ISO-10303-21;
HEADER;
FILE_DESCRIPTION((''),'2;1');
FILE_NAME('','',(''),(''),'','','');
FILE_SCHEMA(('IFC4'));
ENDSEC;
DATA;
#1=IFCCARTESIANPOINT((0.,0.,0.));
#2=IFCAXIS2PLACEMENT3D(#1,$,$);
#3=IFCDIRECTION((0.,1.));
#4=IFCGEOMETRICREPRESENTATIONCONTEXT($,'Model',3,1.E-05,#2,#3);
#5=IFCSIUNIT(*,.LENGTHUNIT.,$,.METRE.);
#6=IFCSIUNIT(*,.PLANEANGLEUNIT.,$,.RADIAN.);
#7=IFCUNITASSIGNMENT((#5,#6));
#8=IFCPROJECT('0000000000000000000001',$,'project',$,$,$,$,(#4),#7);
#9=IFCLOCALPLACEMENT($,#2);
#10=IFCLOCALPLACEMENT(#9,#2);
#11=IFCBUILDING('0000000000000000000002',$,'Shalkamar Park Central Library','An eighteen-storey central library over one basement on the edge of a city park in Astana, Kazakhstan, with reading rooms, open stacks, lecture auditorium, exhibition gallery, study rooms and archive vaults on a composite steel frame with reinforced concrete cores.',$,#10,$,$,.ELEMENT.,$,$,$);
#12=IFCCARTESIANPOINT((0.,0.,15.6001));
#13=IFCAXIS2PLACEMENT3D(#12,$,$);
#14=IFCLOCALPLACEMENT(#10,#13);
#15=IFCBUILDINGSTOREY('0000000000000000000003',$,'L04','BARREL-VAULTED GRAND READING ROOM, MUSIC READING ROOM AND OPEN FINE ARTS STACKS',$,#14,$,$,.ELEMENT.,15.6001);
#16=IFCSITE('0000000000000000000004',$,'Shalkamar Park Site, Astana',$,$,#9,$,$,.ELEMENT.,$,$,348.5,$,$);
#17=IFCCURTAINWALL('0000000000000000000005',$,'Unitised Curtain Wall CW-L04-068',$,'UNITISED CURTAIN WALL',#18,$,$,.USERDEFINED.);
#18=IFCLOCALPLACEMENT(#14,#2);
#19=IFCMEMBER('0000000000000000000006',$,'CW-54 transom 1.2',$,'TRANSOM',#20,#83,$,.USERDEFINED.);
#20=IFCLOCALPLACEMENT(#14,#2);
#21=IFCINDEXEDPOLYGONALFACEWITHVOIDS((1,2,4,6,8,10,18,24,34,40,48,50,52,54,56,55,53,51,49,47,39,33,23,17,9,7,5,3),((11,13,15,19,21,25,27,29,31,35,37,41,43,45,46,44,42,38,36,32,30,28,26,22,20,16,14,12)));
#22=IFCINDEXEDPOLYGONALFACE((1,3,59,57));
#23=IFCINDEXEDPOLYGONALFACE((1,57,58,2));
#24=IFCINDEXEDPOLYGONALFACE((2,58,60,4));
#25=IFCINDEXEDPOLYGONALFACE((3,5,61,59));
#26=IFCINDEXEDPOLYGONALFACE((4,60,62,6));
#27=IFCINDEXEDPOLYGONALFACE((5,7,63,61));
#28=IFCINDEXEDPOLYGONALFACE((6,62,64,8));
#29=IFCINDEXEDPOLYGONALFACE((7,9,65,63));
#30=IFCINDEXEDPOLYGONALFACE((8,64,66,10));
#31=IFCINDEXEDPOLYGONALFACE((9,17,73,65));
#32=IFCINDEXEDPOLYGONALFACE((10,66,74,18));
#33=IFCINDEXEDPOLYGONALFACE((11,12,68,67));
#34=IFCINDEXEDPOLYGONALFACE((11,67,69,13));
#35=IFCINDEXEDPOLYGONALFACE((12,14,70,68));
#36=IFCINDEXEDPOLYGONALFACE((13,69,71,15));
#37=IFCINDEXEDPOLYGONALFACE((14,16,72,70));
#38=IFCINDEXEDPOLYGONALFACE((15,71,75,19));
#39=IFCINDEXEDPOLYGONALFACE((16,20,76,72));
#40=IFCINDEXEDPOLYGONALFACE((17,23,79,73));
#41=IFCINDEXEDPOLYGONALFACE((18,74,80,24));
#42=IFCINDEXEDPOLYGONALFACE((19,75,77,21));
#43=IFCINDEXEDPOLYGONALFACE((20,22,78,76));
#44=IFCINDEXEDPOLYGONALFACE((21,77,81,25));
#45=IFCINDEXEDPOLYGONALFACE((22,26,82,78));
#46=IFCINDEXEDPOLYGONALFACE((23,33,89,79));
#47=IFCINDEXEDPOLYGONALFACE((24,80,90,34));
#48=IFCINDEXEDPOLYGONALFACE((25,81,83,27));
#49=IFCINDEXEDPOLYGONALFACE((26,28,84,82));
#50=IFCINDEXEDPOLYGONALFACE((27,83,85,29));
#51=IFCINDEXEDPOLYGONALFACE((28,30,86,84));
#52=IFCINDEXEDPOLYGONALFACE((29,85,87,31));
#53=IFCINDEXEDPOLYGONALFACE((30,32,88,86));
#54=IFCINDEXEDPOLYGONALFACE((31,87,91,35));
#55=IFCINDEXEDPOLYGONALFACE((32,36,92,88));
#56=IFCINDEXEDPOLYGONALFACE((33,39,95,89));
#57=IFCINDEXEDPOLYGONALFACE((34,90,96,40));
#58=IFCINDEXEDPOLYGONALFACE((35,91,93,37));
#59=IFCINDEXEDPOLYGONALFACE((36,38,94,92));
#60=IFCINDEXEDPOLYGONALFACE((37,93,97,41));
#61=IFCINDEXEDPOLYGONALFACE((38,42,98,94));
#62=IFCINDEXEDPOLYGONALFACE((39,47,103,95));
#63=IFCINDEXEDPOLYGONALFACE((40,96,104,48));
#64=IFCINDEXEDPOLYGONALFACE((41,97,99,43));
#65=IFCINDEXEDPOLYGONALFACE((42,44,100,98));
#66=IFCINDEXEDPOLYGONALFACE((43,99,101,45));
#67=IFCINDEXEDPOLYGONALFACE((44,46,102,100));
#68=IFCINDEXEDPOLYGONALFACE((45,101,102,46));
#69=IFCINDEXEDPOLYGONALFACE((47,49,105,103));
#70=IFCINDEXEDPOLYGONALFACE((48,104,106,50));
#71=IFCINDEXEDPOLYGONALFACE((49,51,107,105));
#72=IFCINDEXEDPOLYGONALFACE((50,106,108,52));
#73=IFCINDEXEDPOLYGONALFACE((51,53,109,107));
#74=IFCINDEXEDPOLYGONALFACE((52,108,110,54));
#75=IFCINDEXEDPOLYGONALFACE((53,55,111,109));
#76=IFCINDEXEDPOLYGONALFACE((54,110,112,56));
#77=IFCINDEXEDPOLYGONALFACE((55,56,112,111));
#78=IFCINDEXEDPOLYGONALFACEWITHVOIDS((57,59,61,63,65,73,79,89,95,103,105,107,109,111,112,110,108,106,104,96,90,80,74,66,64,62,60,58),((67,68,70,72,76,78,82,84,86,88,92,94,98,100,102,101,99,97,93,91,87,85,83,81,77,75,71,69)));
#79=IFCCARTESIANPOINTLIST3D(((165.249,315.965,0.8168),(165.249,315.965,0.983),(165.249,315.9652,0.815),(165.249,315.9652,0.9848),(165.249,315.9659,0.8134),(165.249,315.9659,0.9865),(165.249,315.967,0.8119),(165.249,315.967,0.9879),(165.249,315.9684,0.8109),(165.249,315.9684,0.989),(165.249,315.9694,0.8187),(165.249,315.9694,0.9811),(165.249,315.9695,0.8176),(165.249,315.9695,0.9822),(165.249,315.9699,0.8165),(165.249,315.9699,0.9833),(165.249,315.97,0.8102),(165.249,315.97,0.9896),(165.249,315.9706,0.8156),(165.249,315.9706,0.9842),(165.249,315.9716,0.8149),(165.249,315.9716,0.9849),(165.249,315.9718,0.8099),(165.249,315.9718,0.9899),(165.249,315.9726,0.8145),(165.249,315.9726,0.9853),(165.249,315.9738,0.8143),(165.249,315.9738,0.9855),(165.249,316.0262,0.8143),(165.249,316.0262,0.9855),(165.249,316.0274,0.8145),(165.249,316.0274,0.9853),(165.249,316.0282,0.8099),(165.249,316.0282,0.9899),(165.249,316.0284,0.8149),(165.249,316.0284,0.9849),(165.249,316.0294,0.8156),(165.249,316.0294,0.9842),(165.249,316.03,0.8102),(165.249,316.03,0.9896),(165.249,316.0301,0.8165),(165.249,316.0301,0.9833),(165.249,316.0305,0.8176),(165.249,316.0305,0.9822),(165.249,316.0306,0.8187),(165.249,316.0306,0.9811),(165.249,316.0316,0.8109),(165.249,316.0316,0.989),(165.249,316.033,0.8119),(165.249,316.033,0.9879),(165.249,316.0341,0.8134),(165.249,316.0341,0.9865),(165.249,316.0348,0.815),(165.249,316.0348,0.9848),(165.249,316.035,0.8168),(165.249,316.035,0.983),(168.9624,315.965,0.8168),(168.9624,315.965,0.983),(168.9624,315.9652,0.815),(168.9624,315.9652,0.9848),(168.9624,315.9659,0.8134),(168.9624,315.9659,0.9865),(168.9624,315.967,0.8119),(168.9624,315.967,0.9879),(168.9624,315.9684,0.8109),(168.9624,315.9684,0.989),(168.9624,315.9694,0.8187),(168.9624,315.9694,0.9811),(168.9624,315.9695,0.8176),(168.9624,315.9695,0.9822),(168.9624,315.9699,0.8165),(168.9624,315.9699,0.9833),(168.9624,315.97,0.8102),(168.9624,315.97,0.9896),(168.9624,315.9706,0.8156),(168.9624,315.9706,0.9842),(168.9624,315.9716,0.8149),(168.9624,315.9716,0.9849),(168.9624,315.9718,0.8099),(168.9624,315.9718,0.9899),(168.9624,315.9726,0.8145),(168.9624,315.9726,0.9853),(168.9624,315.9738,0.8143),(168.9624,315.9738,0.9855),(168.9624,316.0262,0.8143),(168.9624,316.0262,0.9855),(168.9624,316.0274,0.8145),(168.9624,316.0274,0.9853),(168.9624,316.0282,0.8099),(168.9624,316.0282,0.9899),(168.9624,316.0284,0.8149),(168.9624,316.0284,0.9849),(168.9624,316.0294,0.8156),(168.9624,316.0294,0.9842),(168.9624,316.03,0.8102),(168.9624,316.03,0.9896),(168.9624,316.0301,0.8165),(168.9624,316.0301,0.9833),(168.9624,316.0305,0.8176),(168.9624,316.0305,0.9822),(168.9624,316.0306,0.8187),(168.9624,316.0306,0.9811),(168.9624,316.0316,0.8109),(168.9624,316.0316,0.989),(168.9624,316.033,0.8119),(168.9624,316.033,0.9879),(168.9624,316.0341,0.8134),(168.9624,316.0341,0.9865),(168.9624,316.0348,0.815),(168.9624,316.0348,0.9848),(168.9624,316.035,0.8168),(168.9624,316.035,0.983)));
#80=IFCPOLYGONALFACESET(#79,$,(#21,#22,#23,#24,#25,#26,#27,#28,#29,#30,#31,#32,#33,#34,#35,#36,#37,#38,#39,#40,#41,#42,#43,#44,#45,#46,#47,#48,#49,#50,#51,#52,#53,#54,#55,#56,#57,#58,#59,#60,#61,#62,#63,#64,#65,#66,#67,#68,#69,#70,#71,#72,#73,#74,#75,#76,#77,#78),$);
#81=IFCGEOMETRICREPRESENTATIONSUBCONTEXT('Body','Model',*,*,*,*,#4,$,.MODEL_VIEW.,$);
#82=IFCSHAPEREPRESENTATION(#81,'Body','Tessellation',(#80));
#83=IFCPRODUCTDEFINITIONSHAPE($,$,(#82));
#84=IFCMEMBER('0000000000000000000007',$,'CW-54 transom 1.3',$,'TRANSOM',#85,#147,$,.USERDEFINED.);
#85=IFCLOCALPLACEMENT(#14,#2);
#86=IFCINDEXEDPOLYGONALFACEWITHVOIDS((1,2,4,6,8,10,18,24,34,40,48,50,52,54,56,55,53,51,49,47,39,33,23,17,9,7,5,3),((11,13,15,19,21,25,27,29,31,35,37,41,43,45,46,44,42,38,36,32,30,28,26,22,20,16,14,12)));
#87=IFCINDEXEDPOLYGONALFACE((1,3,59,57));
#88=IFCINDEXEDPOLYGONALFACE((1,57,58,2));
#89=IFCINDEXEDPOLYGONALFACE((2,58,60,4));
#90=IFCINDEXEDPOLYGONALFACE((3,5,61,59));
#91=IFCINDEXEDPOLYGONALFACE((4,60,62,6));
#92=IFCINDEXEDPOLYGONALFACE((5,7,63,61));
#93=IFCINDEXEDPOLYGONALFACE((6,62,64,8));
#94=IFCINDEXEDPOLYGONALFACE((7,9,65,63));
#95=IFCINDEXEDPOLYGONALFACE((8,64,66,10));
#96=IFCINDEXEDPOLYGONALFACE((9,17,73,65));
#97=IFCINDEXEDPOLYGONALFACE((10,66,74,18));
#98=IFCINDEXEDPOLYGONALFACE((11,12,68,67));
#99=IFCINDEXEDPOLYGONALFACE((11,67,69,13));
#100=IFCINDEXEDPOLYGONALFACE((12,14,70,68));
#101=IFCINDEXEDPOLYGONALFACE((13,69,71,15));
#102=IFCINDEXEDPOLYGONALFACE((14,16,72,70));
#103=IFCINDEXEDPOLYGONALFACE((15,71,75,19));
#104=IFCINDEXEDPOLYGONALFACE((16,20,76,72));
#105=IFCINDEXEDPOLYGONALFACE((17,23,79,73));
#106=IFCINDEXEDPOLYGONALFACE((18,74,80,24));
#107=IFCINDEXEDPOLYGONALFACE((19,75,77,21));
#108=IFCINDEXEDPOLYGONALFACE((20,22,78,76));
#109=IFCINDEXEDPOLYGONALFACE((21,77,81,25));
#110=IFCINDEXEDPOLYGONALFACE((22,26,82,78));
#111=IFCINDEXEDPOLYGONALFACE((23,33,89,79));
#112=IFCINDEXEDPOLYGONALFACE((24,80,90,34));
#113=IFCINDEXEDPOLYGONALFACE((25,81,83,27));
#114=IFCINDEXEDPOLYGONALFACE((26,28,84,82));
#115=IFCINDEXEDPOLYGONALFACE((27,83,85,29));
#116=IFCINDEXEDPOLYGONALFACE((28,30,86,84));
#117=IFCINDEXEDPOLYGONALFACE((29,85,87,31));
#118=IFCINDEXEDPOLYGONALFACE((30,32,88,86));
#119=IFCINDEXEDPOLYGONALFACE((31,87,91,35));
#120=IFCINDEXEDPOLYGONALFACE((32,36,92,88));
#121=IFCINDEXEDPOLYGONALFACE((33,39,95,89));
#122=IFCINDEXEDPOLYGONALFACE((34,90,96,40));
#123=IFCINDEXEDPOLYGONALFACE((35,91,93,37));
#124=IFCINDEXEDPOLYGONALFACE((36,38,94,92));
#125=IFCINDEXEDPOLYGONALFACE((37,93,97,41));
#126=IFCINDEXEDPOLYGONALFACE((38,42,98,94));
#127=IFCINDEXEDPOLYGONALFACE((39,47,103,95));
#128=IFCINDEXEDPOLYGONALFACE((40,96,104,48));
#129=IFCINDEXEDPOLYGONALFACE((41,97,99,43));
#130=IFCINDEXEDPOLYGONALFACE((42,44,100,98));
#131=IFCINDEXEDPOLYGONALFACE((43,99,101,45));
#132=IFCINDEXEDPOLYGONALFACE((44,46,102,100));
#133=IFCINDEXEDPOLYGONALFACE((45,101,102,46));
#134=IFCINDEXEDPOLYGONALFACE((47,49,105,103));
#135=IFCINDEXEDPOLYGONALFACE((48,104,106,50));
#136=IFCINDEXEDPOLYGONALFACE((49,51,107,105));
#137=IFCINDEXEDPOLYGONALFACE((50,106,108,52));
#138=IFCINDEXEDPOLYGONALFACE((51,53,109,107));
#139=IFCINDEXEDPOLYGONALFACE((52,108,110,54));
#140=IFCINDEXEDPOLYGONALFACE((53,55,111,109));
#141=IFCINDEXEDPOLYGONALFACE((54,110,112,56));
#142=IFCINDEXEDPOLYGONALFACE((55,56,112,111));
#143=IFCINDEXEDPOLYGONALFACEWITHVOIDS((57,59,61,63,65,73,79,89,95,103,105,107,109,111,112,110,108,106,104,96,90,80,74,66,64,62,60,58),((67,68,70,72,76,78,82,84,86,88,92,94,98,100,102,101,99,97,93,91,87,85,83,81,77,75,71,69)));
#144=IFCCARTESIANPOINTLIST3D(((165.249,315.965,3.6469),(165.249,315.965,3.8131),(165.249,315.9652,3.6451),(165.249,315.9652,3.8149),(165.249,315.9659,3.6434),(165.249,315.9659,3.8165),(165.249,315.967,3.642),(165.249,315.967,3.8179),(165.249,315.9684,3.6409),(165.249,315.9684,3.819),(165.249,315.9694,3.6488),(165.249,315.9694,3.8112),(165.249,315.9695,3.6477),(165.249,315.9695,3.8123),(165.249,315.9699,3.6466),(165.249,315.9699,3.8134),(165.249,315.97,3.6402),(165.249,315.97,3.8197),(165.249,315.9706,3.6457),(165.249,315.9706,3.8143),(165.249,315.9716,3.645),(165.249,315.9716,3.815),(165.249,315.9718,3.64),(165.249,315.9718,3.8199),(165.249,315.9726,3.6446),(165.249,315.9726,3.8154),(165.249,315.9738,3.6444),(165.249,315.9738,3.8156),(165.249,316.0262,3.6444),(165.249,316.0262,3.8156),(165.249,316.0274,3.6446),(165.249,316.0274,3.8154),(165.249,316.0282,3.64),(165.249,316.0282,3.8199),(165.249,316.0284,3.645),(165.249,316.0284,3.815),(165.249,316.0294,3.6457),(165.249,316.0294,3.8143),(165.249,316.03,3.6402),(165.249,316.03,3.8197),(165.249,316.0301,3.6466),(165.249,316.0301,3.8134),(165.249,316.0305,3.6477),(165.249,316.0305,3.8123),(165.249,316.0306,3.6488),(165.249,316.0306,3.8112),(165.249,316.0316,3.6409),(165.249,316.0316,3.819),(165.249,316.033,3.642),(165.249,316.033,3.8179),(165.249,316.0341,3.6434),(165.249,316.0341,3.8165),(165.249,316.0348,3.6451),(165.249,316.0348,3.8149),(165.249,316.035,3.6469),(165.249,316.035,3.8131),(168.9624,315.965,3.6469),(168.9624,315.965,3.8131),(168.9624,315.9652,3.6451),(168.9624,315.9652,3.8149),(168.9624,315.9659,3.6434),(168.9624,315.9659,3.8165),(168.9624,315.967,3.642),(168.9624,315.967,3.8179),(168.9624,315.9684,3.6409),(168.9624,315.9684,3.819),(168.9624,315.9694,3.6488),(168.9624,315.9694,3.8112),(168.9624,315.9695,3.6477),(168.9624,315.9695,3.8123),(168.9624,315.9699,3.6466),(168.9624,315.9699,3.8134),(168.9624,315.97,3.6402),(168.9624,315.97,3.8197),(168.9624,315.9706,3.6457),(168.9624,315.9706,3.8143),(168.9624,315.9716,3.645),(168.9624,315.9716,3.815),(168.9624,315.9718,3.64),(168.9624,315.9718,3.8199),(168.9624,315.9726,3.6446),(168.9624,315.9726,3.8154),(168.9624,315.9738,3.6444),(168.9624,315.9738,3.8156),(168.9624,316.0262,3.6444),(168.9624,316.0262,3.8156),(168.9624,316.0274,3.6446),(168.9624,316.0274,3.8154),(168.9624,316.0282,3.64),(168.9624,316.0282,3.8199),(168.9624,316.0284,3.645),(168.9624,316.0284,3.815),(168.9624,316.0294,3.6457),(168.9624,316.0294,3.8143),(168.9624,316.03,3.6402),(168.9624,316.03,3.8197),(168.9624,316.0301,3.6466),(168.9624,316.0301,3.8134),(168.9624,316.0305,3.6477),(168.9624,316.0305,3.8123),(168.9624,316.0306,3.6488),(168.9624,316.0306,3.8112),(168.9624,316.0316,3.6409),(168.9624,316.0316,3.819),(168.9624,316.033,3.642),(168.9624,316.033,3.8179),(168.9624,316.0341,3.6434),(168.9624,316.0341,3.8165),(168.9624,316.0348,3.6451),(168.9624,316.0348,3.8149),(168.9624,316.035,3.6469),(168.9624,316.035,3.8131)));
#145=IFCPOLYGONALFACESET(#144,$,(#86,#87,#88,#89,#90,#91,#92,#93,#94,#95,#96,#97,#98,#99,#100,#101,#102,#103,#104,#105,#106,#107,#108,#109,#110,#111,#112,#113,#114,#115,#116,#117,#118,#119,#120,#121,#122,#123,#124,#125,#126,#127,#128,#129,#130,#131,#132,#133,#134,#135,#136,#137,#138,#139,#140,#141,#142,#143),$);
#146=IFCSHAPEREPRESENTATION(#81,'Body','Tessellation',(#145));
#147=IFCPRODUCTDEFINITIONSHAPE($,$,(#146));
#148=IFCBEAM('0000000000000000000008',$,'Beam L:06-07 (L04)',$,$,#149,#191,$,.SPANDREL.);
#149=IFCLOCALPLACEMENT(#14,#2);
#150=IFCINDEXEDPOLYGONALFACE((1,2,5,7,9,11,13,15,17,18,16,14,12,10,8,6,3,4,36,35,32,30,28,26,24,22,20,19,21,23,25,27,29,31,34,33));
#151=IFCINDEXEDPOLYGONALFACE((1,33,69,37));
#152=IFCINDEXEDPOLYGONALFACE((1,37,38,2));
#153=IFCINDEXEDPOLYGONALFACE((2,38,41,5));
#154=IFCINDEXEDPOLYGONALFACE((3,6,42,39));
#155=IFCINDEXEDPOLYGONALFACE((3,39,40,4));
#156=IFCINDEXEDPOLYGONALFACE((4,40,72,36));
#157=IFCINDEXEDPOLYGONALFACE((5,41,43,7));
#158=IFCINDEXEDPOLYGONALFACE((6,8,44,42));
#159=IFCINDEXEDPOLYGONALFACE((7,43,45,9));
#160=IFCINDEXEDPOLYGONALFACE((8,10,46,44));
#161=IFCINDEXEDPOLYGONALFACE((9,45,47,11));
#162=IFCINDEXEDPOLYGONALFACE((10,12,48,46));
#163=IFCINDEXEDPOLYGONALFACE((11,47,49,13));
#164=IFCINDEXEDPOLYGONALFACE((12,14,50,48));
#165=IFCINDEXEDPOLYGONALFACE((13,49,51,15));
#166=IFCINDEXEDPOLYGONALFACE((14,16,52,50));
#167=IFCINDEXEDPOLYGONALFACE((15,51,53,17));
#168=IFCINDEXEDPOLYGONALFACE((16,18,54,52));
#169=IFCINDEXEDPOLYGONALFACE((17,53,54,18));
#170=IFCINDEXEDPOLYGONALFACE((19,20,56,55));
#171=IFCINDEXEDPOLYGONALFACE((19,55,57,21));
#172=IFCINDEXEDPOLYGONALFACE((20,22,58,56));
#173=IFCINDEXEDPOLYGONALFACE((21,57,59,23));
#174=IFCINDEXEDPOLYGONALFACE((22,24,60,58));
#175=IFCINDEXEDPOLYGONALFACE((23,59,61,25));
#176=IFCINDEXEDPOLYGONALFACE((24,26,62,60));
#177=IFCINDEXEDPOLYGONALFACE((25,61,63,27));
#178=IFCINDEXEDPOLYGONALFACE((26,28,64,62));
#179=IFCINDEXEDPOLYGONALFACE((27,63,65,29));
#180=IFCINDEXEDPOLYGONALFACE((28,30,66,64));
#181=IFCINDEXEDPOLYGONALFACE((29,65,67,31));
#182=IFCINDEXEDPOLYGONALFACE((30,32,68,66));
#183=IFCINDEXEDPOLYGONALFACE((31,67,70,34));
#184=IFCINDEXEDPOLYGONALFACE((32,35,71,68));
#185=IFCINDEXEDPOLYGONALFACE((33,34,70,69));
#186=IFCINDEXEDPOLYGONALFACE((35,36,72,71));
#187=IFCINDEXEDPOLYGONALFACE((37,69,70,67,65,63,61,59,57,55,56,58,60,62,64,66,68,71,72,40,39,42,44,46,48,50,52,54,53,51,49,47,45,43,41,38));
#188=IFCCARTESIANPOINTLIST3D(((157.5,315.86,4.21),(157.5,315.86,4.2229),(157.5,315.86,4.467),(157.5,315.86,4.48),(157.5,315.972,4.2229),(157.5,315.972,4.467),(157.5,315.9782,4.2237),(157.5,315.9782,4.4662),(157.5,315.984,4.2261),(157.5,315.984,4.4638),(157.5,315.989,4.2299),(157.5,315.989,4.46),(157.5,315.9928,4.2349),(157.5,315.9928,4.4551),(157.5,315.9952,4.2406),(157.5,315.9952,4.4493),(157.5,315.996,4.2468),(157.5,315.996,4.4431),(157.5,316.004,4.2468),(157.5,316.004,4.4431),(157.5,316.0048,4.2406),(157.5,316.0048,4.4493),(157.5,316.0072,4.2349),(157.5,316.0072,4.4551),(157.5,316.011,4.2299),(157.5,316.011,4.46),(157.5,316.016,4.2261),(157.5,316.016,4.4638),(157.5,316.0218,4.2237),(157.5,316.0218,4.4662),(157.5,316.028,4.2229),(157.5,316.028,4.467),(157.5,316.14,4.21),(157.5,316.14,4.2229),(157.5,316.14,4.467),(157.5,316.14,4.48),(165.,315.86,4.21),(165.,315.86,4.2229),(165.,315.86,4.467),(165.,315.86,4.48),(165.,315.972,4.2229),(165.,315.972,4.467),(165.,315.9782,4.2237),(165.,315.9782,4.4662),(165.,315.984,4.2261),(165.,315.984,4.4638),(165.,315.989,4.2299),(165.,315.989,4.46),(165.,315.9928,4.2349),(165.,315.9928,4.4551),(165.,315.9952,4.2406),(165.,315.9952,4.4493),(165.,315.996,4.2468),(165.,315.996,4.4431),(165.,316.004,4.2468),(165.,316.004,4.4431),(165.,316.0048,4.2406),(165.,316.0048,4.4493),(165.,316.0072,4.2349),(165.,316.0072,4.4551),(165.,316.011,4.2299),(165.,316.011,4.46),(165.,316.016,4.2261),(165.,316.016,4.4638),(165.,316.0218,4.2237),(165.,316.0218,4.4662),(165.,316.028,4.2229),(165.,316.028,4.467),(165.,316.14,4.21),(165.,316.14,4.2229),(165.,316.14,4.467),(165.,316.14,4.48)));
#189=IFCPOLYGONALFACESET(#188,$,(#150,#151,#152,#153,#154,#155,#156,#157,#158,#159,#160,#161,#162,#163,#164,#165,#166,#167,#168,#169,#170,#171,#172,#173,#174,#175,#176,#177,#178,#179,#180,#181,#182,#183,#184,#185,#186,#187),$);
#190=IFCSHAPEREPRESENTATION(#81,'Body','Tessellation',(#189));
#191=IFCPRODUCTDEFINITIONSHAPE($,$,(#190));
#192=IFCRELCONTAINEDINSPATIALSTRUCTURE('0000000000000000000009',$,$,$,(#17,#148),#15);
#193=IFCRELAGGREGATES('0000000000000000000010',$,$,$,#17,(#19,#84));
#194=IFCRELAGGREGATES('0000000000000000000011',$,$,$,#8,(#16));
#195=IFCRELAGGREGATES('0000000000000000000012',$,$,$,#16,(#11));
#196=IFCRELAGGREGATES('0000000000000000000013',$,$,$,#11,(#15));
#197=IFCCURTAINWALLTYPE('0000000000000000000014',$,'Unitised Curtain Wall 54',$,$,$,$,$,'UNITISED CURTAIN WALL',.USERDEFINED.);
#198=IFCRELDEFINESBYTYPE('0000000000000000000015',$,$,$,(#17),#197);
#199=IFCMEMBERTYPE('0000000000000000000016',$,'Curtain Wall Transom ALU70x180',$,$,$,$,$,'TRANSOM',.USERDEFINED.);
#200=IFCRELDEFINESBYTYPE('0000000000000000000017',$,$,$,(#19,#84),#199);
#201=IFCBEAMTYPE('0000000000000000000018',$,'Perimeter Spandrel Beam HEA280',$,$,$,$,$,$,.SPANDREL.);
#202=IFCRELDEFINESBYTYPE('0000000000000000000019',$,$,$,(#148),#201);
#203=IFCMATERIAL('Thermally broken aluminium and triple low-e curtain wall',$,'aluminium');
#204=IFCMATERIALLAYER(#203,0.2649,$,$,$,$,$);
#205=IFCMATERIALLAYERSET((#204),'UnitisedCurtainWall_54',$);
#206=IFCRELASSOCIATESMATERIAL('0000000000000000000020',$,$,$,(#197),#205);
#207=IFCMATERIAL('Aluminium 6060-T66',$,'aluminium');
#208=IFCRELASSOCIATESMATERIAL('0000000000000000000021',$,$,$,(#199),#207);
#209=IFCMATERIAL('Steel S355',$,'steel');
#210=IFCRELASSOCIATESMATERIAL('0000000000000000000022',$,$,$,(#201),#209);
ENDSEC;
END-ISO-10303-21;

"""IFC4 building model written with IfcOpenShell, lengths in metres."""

from ifc_helpers import new_model, si_unit, direction, frame, origin, origin_2d, place, context, subcontext, project, spatial, hollow_rectangle, i_section, extrude, material, layer, layer_set, material_profile, profile_set, type_object, element, aggregate, save


model = new_model("IFC4")

# Units and contexts
model_context = context("Model", 3, precision=1e-05, world=origin(), true_north=direction((0.0, 1.0)))
body_context = subcontext(model_context, "Body", "Model", "MODEL_VIEW")
ifc_project = project(units=[si_unit("LENGTHUNIT", "METRE"), si_unit("PLANEANGLEUNIT", "RADIAN")], contexts=[model_context])

# Site, building, storey
site_placement = place(None, origin())
site = spatial("IfcSite", under=ifc_project, at=site_placement, Name="Shalkamar Park Site, Astana", CompositionType="ELEMENT", RefElevation=348.5)
building_placement = place(site_placement, origin())
building = spatial("IfcBuilding", under=site, at=building_placement, Name="Shalkamar Park Central Library", Description="An eighteen-storey central library over one basement on the edge of a city park in Astana, Kazakhstan, with reading rooms, open stacks, lecture auditorium, exhibition gallery, study rooms and archive vaults on a composite steel frame with reinforced concrete cores.", CompositionType="ELEMENT")
storey_placement = place(building_placement, frame((0.0, 0.0, 15.6001)))
storey = spatial("IfcBuildingStorey", under=building, at=storey_placement, Name="L04", Description="BARREL-VAULTED GRAND READING ROOM, MUSIC READING ROOM AND OPEN FINE ARTS STACKS", CompositionType="ELEMENT", Elevation=15.6001)

# Shared definitions
ifc_material_1 = material(Name="Steel S355", Category="steel")

# Shared definitions
ifc_material_2 = material(Name="Thermally broken aluminium and triple low-e curtain wall", Category="aluminium")
ifc_material_3 = material(Name="Aluminium 6060-T66", Category="aluminium")

# Curtain wall
ifc_layer_1 = layer(ifc_material_2, 0.2649)
ifc_layer_set_1 = layer_set([ifc_layer_1], Name="UnitisedCurtainWall_54")
curtain_wall_type_1 = type_object("IfcCurtainWallType", Name="Unitised Curtain Wall 54", ElementType="UNITISED CURTAIN WALL", PredefinedType="USERDEFINED", material=ifc_layer_set_1)
curtain_wall_1_placement = place(storey_placement, origin())
curtain_wall_1 = element("IfcCurtainWall", 1, at=curtain_wall_1_placement, inside=storey, type_object=curtain_wall_type_1, Name="Unitised Curtain Wall CW-L04-068", ObjectType="UNITISED CURTAIN WALL", PredefinedType="USERDEFINED")

# Members
ifc_material_profile_1 = material_profile(ifc_material_3, hollow_rectangle(XDim=0.0701, YDim=0.1799, WallThickness=0.0044, InnerFilletRadius=0.0044, OuterFilletRadius=0.0068, at=origin_2d()), Name="ALU 70x180x4.5")
ifc_profile_set_1 = profile_set([ifc_material_profile_1], Name="Aluminium 6060-T66")
member_type_1 = type_object("IfcMemberType", Name="Curtain Wall Transom ALU70x180", ElementType="TRANSOM", PredefinedType="USERDEFINED", material=ifc_profile_set_1)
member_1_placement = place(storey_placement, frame((165.249, 316.0, 0.8999), z_axis=(1.0, 0.0, 0.0), x_axis=(0.0, 1.0, 0.0)))
member_1 = element("IfcMember", 2, at=member_1_placement, type_object=member_type_1, Name="CW-54 transom 1.2", ObjectType="TRANSOM", PredefinedType="USERDEFINED", context=body_context, shape_type="SweptSolid", body=[
    extrude(hollow_rectangle(XDim=0.0701, YDim=0.1799, WallThickness=0.0044, InnerFilletRadius=0.0044, OuterFilletRadius=0.0068, at=origin_2d()), origin(), (0.0, 0.0, 1.0), 3.7134),
])
member_2_placement = place(storey_placement, frame((165.249, 316.0, 3.73), z_axis=(1.0, 0.0, 0.0), x_axis=(0.0, 1.0, 0.0)))
member_2 = element("IfcMember", 3, at=member_2_placement, type_object=member_type_1, Name="CW-54 transom 1.3", ObjectType="TRANSOM", PredefinedType="USERDEFINED", context=body_context, shape_type="SweptSolid", body=[
    extrude(hollow_rectangle(XDim=0.0701, YDim=0.1799, WallThickness=0.0044, InnerFilletRadius=0.0044, OuterFilletRadius=0.0068, at=origin_2d()), origin(), (0.0, 0.0, 1.0), 3.7134),
])
aggregate(curtain_wall_1, [member_1, member_2])

# Beam
ifc_material_profile_2 = material_profile(ifc_material_1, i_section(OverallWidth=0.28, OverallDepth=0.27, WebThickness=0.0081, FlangeThickness=0.0129, FilletRadius=0.0239, at=origin_2d()), Name="HEA 280")
ifc_profile_set_2 = profile_set([ifc_material_profile_2], Name="Steel S355")
beam_type_1 = type_object("IfcBeamType", Name="Perimeter Spandrel Beam HEA280", PredefinedType="SPANDREL", material=ifc_profile_set_2)
beam_1_placement = place(storey_placement, frame((157.5, 316.0, 4.345), z_axis=(1.0, 0.0, 0.0), x_axis=(0.0, 1.0, 0.0)))
element("IfcBeam", 4, at=beam_1_placement, inside=storey, type_object=beam_type_1, Name="Beam L:06-07 (L04)", PredefinedType="SPANDREL", context=body_context, shape_type="SweptSolid", body=[
    extrude(i_section(OverallWidth=0.28, OverallDepth=0.27, WebThickness=0.0081, FlangeThickness=0.0129, FilletRadius=0.0239, at=origin_2d()), origin(), (0.0, 0.0, 1.0), 7.5),
])

save(model, "model.ifc")
